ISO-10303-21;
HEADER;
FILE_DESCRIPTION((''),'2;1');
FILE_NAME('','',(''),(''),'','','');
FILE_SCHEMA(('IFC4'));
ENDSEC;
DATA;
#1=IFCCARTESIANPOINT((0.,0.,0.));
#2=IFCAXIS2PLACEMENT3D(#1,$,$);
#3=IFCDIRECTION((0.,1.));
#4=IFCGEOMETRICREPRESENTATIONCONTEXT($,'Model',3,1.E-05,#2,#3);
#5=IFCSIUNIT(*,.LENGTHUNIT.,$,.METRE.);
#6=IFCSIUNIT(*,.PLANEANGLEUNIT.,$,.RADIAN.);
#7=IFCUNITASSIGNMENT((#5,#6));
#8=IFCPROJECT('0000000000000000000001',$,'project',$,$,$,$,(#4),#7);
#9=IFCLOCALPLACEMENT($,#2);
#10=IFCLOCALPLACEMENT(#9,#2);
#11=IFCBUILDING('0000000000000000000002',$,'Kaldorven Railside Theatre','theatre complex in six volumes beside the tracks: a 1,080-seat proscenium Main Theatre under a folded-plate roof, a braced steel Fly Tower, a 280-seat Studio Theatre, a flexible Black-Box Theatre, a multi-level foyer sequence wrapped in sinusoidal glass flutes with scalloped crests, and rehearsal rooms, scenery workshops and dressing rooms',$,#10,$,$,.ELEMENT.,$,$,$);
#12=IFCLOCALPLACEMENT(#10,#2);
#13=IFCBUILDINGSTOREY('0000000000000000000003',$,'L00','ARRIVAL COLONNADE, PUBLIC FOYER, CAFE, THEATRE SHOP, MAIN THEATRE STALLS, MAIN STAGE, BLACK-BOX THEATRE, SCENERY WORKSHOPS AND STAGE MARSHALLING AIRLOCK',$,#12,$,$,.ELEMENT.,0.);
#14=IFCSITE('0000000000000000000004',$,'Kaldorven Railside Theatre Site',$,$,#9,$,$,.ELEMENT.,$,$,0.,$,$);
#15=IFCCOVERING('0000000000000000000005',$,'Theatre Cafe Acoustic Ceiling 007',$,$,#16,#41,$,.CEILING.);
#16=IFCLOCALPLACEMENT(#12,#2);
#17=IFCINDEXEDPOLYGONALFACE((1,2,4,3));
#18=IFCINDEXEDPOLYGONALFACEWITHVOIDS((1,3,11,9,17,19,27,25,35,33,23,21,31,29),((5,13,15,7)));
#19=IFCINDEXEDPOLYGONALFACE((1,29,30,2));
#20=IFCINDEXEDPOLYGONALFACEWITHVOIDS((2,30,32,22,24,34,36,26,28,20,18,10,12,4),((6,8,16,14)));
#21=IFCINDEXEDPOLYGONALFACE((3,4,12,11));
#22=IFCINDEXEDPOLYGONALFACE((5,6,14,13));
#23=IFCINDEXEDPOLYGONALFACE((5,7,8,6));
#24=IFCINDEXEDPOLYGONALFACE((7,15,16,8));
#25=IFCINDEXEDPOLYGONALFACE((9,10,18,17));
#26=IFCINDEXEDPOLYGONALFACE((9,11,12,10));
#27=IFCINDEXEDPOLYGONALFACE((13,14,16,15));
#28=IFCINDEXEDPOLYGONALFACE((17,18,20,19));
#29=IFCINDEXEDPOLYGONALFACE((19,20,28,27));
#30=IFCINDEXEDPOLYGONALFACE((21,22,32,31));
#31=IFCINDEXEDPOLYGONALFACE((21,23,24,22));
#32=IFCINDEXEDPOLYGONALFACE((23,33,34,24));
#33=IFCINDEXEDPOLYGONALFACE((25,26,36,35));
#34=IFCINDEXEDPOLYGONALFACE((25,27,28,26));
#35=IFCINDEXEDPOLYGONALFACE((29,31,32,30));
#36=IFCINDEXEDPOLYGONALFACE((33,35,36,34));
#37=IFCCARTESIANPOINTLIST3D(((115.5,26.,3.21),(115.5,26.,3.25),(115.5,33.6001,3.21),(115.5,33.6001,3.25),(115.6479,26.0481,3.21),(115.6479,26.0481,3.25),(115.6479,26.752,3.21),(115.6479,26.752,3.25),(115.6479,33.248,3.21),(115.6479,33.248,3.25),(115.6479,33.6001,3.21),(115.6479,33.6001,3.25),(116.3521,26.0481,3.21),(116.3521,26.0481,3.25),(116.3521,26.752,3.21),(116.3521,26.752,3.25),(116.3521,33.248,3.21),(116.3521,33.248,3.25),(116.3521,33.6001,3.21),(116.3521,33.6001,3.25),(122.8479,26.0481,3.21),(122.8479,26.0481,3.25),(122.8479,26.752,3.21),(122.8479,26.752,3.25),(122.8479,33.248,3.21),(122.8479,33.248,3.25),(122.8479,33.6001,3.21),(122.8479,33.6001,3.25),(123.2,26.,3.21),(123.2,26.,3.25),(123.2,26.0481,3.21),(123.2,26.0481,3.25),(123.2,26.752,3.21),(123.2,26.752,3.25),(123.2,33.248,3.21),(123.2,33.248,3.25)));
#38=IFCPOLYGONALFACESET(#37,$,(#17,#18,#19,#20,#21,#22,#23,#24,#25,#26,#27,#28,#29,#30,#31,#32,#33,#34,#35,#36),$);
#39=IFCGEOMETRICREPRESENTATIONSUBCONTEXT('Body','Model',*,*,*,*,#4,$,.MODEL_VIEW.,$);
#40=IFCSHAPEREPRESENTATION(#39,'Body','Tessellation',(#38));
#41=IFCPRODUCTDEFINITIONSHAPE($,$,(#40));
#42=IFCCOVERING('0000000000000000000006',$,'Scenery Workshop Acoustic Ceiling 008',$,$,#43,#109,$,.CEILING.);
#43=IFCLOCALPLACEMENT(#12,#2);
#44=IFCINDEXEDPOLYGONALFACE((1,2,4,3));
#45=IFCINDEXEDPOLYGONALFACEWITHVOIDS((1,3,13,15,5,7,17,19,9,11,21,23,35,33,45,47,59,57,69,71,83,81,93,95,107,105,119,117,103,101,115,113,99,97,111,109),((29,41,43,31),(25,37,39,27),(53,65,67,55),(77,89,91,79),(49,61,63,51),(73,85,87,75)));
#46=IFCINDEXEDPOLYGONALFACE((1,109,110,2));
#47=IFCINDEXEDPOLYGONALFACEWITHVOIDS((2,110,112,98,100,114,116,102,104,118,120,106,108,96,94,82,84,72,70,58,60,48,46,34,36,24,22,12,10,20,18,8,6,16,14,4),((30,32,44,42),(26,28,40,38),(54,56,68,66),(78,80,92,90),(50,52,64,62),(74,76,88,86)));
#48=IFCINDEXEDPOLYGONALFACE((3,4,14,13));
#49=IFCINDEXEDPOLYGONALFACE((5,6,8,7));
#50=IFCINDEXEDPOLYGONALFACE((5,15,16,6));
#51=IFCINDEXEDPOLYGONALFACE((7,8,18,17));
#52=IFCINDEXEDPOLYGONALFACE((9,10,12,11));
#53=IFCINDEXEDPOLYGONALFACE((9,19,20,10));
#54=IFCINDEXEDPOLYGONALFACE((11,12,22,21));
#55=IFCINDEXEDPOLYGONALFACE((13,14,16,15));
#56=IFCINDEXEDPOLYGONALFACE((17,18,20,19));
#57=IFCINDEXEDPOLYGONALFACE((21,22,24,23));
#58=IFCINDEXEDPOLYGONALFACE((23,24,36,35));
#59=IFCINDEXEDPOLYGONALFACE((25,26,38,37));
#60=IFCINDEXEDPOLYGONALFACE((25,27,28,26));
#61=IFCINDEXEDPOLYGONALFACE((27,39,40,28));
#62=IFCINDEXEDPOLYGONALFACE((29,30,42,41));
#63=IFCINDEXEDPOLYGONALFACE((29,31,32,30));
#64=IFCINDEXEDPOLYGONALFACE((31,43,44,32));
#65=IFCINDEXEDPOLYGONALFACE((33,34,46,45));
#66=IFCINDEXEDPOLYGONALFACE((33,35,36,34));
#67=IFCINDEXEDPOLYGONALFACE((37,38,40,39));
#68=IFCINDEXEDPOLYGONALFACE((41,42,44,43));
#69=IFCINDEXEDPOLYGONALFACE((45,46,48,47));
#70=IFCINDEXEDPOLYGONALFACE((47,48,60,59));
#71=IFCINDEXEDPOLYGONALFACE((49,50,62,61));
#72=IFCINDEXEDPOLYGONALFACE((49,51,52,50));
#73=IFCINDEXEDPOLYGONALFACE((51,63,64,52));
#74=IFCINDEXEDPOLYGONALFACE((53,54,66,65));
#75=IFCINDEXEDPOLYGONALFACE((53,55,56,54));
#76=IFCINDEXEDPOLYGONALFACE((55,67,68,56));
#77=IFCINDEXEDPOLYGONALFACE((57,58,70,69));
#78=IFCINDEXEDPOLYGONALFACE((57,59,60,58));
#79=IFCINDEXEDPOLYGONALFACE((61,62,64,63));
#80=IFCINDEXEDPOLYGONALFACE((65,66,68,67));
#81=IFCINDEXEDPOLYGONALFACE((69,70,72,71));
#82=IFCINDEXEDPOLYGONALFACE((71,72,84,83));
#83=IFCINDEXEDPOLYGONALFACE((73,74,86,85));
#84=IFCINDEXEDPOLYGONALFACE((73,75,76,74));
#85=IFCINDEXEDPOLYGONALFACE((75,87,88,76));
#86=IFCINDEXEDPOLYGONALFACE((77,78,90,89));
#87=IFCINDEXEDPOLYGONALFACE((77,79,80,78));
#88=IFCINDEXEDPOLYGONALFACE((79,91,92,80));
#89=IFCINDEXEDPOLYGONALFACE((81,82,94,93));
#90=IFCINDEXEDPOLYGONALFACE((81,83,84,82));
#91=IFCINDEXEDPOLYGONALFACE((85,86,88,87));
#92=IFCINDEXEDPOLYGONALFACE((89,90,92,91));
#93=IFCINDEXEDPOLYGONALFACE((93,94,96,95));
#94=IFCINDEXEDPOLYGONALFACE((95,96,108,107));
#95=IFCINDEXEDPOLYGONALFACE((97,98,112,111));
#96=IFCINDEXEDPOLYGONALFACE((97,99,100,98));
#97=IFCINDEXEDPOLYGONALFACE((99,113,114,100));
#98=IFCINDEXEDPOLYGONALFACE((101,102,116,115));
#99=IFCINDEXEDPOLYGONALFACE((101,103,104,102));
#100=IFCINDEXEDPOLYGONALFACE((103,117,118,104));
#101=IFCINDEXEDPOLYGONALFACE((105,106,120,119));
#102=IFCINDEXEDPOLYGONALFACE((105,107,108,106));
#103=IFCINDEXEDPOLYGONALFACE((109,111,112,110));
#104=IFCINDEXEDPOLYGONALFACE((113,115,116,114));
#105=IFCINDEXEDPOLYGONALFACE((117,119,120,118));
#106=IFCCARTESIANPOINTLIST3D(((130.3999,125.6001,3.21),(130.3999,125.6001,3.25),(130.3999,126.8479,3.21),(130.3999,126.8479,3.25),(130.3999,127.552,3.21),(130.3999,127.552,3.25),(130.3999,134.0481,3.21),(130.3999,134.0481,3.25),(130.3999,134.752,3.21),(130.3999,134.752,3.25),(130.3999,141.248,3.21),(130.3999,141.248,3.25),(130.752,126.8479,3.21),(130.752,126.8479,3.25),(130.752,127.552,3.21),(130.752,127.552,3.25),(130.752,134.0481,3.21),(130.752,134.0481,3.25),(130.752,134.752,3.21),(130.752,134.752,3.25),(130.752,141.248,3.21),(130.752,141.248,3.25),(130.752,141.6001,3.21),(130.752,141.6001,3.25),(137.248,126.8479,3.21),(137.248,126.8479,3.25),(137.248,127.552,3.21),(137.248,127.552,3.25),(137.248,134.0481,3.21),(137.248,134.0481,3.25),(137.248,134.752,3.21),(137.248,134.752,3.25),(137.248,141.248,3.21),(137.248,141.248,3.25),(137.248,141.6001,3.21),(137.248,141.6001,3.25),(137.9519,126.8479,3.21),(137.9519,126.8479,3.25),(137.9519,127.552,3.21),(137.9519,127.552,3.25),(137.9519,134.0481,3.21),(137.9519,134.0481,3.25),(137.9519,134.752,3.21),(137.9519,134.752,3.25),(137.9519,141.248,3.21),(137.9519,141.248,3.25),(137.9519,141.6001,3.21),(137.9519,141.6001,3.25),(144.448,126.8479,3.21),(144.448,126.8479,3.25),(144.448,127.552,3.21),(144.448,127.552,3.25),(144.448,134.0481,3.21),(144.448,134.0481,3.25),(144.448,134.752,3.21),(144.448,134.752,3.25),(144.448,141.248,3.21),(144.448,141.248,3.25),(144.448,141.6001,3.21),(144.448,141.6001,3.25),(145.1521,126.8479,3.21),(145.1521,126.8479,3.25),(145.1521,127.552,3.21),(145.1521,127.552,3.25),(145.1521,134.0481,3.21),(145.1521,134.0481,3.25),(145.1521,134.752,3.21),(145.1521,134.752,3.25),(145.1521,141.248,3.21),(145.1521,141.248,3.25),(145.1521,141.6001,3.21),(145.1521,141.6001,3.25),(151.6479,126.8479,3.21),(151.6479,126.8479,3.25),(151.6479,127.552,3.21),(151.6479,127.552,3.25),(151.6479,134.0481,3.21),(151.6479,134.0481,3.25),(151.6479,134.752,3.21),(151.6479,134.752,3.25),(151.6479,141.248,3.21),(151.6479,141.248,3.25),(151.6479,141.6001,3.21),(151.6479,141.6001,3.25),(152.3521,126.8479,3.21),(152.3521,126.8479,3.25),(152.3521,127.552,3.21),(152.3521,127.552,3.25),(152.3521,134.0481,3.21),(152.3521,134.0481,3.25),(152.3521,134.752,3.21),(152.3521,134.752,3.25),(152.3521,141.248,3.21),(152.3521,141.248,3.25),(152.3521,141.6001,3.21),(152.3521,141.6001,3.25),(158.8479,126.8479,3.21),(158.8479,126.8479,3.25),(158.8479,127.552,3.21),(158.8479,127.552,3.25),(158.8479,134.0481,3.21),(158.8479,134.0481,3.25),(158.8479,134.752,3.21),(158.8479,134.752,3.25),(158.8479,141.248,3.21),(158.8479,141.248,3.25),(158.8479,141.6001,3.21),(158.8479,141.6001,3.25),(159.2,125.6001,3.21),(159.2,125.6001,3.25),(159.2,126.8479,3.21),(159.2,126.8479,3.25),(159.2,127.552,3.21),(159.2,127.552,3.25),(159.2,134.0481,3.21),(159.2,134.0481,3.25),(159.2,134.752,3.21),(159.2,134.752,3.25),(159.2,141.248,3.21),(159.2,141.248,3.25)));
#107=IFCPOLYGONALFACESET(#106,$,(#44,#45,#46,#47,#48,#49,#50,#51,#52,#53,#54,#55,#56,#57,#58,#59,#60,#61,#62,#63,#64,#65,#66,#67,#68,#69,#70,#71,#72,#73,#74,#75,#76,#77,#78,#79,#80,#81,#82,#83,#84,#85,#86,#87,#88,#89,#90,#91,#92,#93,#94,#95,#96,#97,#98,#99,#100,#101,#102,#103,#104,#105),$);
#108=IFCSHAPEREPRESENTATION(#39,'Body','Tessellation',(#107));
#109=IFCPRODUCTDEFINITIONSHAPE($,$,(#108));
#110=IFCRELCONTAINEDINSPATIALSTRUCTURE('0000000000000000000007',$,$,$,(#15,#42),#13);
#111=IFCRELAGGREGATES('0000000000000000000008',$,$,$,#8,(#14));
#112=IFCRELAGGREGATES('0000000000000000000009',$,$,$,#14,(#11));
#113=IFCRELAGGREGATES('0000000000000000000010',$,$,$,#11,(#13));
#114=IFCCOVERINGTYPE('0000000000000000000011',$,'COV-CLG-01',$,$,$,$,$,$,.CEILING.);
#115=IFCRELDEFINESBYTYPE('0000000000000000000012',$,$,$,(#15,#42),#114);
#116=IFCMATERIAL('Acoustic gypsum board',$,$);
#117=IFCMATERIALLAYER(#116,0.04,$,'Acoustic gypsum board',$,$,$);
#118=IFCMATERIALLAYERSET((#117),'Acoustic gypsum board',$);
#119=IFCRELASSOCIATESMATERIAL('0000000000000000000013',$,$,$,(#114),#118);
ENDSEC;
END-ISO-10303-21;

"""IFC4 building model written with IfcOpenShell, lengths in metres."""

from ifc_helpers import new_model, si_unit, direction, frame, origin, place, context, subcontext, project, spatial, polyline, outline, extrude, material, layer, layer_set, type_object, element, save


model = new_model("IFC4")

# Units and contexts
model_context = context("Model", 3, precision=1e-05, world=origin(), true_north=direction((0.0, 1.0)))
body_context = subcontext(model_context, "Body", "Model", "MODEL_VIEW")
ifc_project = project(units=[si_unit("LENGTHUNIT", "METRE"), si_unit("PLANEANGLEUNIT", "RADIAN")], contexts=[model_context])

# Site, building, storey
site_placement = place(None, origin())
site = spatial("IfcSite", under=ifc_project, at=site_placement, Name="Kaldorven Railside Theatre Site", CompositionType="ELEMENT", RefElevation=0.0)
building_placement = place(site_placement, origin())
building = spatial("IfcBuilding", under=site, at=building_placement, Name="Kaldorven Railside Theatre", Description="theatre complex in six volumes beside the tracks: a 1,080-seat proscenium Main Theatre under a folded-plate roof, a braced steel Fly Tower, a 280-seat Studio Theatre, a flexible Black-Box Theatre, a multi-level foyer sequence wrapped in sinusoidal glass flutes with scalloped crests, and rehearsal rooms, scenery workshops and dressing rooms", CompositionType="ELEMENT")
storey_placement = place(building_placement, origin())
storey = spatial("IfcBuildingStorey", under=building, at=storey_placement, Name="L00", Description="ARRIVAL COLONNADE, PUBLIC FOYER, CAFE, THEATRE SHOP, MAIN THEATRE STALLS, MAIN STAGE, BLACK-BOX THEATRE, SCENERY WORKSHOPS AND STAGE MARSHALLING AIRLOCK", CompositionType="ELEMENT", Elevation=0.0)

# Coverings
ifc_material_1 = material(Name="Acoustic gypsum board")
ifc_layer_1 = layer(ifc_material_1, 0.04, Name="Acoustic gypsum board")
ifc_layer_set_1 = layer_set([ifc_layer_1], Name="Acoustic gypsum board")
covering_type_1 = type_object("IfcCoveringType", Name="COV-CLG-01", PredefinedType="CEILING", material=ifc_layer_set_1)
covering_1_placement = place(storey_placement, frame((0.0, 0.0, 3.21)))
element("IfcCovering", 1, at=covering_1_placement, inside=storey, type_object=covering_type_1, Name="Theatre Cafe Acoustic Ceiling 007", PredefinedType="CEILING", context=body_context, shape_type="SweptSolid", body=[
    extrude(outline(polyline([(123.2, 26.0), (115.5, 26.0), (115.5, 33.6001), (115.6479, 33.6001), (115.6479, 33.248), (116.3521, 33.248), (116.3521, 33.6001), (122.8479, 33.6001), (122.8479, 33.248), (123.2, 33.248), (123.2, 26.752), (122.8479, 26.752), (122.8479, 26.0481), (123.2, 26.0481), (123.2, 26.0)]), holes=[polyline([(116.3521, 26.752), (115.6479, 26.752), (115.6479, 26.0481), (116.3521, 26.0481), (116.3521, 26.752)])]), origin(), (0.0, 0.0, 1.0), 0.04),
])
covering_2_placement = place(storey_placement, frame((0.0, 0.0, 3.21)))
element("IfcCovering", 2, at=covering_2_placement, inside=storey, type_object=covering_type_1, Name="Scenery Workshop Acoustic Ceiling 008", PredefinedType="CEILING", context=body_context, shape_type="SweptSolid", body=[
    extrude(outline(polyline([(159.2, 125.6001), (130.3999, 125.6001), (130.3999, 126.8479), (130.752, 126.8479), (130.752, 127.552), (130.3999, 127.552), (130.3999, 134.0481), (130.752, 134.0481), (130.752, 134.752), (130.3999, 134.752), (130.3999, 141.248), (130.752, 141.248), (130.752, 141.6001), (137.248, 141.6001), (137.248, 141.248), (137.9519, 141.248), (137.9519, 141.6001), (144.448, 141.6001), (144.448, 141.248), (145.1521, 141.248), (145.1521, 141.6001), (151.6479, 141.6001), (151.6479, 141.248), (152.3521, 141.248), (152.3521, 141.6001), (158.8479, 141.6001), (158.8479, 141.248), (159.2, 141.248), (159.2, 134.752), (158.8479, 134.752), (158.8479, 134.0481), (159.2, 134.0481), (159.2, 127.552), (158.8479, 127.552), (158.8479, 126.8479), (159.2, 126.8479), (159.2, 125.6001)]), holes=[polyline([(152.3521, 127.552), (151.6479, 127.552), (151.6479, 126.8479), (152.3521, 126.8479), (152.3521, 127.552)]), polyline([(145.1521, 127.552), (144.448, 127.552), (144.448, 126.8479), (145.1521, 126.8479), (145.1521, 127.552)]), polyline([(137.9519, 127.552), (137.248, 127.552), (137.248, 126.8479), (137.9519, 126.8479), (137.9519, 127.552)]), polyline([(145.1521, 134.752), (144.448, 134.752), (144.448, 134.0481), (145.1521, 134.0481), (145.1521, 134.752)]), polyline([(152.3521, 134.752), (151.6479, 134.752), (151.6479, 134.0481), (152.3521, 134.0481), (152.3521, 134.752)]), polyline([(137.9519, 134.752), (137.248, 134.752), (137.248, 134.0481), (137.9519, 134.0481), (137.9519, 134.752)])]), origin(), (0.0, 0.0, 1.0), 0.04),
])

save(model, "model.ifc")
